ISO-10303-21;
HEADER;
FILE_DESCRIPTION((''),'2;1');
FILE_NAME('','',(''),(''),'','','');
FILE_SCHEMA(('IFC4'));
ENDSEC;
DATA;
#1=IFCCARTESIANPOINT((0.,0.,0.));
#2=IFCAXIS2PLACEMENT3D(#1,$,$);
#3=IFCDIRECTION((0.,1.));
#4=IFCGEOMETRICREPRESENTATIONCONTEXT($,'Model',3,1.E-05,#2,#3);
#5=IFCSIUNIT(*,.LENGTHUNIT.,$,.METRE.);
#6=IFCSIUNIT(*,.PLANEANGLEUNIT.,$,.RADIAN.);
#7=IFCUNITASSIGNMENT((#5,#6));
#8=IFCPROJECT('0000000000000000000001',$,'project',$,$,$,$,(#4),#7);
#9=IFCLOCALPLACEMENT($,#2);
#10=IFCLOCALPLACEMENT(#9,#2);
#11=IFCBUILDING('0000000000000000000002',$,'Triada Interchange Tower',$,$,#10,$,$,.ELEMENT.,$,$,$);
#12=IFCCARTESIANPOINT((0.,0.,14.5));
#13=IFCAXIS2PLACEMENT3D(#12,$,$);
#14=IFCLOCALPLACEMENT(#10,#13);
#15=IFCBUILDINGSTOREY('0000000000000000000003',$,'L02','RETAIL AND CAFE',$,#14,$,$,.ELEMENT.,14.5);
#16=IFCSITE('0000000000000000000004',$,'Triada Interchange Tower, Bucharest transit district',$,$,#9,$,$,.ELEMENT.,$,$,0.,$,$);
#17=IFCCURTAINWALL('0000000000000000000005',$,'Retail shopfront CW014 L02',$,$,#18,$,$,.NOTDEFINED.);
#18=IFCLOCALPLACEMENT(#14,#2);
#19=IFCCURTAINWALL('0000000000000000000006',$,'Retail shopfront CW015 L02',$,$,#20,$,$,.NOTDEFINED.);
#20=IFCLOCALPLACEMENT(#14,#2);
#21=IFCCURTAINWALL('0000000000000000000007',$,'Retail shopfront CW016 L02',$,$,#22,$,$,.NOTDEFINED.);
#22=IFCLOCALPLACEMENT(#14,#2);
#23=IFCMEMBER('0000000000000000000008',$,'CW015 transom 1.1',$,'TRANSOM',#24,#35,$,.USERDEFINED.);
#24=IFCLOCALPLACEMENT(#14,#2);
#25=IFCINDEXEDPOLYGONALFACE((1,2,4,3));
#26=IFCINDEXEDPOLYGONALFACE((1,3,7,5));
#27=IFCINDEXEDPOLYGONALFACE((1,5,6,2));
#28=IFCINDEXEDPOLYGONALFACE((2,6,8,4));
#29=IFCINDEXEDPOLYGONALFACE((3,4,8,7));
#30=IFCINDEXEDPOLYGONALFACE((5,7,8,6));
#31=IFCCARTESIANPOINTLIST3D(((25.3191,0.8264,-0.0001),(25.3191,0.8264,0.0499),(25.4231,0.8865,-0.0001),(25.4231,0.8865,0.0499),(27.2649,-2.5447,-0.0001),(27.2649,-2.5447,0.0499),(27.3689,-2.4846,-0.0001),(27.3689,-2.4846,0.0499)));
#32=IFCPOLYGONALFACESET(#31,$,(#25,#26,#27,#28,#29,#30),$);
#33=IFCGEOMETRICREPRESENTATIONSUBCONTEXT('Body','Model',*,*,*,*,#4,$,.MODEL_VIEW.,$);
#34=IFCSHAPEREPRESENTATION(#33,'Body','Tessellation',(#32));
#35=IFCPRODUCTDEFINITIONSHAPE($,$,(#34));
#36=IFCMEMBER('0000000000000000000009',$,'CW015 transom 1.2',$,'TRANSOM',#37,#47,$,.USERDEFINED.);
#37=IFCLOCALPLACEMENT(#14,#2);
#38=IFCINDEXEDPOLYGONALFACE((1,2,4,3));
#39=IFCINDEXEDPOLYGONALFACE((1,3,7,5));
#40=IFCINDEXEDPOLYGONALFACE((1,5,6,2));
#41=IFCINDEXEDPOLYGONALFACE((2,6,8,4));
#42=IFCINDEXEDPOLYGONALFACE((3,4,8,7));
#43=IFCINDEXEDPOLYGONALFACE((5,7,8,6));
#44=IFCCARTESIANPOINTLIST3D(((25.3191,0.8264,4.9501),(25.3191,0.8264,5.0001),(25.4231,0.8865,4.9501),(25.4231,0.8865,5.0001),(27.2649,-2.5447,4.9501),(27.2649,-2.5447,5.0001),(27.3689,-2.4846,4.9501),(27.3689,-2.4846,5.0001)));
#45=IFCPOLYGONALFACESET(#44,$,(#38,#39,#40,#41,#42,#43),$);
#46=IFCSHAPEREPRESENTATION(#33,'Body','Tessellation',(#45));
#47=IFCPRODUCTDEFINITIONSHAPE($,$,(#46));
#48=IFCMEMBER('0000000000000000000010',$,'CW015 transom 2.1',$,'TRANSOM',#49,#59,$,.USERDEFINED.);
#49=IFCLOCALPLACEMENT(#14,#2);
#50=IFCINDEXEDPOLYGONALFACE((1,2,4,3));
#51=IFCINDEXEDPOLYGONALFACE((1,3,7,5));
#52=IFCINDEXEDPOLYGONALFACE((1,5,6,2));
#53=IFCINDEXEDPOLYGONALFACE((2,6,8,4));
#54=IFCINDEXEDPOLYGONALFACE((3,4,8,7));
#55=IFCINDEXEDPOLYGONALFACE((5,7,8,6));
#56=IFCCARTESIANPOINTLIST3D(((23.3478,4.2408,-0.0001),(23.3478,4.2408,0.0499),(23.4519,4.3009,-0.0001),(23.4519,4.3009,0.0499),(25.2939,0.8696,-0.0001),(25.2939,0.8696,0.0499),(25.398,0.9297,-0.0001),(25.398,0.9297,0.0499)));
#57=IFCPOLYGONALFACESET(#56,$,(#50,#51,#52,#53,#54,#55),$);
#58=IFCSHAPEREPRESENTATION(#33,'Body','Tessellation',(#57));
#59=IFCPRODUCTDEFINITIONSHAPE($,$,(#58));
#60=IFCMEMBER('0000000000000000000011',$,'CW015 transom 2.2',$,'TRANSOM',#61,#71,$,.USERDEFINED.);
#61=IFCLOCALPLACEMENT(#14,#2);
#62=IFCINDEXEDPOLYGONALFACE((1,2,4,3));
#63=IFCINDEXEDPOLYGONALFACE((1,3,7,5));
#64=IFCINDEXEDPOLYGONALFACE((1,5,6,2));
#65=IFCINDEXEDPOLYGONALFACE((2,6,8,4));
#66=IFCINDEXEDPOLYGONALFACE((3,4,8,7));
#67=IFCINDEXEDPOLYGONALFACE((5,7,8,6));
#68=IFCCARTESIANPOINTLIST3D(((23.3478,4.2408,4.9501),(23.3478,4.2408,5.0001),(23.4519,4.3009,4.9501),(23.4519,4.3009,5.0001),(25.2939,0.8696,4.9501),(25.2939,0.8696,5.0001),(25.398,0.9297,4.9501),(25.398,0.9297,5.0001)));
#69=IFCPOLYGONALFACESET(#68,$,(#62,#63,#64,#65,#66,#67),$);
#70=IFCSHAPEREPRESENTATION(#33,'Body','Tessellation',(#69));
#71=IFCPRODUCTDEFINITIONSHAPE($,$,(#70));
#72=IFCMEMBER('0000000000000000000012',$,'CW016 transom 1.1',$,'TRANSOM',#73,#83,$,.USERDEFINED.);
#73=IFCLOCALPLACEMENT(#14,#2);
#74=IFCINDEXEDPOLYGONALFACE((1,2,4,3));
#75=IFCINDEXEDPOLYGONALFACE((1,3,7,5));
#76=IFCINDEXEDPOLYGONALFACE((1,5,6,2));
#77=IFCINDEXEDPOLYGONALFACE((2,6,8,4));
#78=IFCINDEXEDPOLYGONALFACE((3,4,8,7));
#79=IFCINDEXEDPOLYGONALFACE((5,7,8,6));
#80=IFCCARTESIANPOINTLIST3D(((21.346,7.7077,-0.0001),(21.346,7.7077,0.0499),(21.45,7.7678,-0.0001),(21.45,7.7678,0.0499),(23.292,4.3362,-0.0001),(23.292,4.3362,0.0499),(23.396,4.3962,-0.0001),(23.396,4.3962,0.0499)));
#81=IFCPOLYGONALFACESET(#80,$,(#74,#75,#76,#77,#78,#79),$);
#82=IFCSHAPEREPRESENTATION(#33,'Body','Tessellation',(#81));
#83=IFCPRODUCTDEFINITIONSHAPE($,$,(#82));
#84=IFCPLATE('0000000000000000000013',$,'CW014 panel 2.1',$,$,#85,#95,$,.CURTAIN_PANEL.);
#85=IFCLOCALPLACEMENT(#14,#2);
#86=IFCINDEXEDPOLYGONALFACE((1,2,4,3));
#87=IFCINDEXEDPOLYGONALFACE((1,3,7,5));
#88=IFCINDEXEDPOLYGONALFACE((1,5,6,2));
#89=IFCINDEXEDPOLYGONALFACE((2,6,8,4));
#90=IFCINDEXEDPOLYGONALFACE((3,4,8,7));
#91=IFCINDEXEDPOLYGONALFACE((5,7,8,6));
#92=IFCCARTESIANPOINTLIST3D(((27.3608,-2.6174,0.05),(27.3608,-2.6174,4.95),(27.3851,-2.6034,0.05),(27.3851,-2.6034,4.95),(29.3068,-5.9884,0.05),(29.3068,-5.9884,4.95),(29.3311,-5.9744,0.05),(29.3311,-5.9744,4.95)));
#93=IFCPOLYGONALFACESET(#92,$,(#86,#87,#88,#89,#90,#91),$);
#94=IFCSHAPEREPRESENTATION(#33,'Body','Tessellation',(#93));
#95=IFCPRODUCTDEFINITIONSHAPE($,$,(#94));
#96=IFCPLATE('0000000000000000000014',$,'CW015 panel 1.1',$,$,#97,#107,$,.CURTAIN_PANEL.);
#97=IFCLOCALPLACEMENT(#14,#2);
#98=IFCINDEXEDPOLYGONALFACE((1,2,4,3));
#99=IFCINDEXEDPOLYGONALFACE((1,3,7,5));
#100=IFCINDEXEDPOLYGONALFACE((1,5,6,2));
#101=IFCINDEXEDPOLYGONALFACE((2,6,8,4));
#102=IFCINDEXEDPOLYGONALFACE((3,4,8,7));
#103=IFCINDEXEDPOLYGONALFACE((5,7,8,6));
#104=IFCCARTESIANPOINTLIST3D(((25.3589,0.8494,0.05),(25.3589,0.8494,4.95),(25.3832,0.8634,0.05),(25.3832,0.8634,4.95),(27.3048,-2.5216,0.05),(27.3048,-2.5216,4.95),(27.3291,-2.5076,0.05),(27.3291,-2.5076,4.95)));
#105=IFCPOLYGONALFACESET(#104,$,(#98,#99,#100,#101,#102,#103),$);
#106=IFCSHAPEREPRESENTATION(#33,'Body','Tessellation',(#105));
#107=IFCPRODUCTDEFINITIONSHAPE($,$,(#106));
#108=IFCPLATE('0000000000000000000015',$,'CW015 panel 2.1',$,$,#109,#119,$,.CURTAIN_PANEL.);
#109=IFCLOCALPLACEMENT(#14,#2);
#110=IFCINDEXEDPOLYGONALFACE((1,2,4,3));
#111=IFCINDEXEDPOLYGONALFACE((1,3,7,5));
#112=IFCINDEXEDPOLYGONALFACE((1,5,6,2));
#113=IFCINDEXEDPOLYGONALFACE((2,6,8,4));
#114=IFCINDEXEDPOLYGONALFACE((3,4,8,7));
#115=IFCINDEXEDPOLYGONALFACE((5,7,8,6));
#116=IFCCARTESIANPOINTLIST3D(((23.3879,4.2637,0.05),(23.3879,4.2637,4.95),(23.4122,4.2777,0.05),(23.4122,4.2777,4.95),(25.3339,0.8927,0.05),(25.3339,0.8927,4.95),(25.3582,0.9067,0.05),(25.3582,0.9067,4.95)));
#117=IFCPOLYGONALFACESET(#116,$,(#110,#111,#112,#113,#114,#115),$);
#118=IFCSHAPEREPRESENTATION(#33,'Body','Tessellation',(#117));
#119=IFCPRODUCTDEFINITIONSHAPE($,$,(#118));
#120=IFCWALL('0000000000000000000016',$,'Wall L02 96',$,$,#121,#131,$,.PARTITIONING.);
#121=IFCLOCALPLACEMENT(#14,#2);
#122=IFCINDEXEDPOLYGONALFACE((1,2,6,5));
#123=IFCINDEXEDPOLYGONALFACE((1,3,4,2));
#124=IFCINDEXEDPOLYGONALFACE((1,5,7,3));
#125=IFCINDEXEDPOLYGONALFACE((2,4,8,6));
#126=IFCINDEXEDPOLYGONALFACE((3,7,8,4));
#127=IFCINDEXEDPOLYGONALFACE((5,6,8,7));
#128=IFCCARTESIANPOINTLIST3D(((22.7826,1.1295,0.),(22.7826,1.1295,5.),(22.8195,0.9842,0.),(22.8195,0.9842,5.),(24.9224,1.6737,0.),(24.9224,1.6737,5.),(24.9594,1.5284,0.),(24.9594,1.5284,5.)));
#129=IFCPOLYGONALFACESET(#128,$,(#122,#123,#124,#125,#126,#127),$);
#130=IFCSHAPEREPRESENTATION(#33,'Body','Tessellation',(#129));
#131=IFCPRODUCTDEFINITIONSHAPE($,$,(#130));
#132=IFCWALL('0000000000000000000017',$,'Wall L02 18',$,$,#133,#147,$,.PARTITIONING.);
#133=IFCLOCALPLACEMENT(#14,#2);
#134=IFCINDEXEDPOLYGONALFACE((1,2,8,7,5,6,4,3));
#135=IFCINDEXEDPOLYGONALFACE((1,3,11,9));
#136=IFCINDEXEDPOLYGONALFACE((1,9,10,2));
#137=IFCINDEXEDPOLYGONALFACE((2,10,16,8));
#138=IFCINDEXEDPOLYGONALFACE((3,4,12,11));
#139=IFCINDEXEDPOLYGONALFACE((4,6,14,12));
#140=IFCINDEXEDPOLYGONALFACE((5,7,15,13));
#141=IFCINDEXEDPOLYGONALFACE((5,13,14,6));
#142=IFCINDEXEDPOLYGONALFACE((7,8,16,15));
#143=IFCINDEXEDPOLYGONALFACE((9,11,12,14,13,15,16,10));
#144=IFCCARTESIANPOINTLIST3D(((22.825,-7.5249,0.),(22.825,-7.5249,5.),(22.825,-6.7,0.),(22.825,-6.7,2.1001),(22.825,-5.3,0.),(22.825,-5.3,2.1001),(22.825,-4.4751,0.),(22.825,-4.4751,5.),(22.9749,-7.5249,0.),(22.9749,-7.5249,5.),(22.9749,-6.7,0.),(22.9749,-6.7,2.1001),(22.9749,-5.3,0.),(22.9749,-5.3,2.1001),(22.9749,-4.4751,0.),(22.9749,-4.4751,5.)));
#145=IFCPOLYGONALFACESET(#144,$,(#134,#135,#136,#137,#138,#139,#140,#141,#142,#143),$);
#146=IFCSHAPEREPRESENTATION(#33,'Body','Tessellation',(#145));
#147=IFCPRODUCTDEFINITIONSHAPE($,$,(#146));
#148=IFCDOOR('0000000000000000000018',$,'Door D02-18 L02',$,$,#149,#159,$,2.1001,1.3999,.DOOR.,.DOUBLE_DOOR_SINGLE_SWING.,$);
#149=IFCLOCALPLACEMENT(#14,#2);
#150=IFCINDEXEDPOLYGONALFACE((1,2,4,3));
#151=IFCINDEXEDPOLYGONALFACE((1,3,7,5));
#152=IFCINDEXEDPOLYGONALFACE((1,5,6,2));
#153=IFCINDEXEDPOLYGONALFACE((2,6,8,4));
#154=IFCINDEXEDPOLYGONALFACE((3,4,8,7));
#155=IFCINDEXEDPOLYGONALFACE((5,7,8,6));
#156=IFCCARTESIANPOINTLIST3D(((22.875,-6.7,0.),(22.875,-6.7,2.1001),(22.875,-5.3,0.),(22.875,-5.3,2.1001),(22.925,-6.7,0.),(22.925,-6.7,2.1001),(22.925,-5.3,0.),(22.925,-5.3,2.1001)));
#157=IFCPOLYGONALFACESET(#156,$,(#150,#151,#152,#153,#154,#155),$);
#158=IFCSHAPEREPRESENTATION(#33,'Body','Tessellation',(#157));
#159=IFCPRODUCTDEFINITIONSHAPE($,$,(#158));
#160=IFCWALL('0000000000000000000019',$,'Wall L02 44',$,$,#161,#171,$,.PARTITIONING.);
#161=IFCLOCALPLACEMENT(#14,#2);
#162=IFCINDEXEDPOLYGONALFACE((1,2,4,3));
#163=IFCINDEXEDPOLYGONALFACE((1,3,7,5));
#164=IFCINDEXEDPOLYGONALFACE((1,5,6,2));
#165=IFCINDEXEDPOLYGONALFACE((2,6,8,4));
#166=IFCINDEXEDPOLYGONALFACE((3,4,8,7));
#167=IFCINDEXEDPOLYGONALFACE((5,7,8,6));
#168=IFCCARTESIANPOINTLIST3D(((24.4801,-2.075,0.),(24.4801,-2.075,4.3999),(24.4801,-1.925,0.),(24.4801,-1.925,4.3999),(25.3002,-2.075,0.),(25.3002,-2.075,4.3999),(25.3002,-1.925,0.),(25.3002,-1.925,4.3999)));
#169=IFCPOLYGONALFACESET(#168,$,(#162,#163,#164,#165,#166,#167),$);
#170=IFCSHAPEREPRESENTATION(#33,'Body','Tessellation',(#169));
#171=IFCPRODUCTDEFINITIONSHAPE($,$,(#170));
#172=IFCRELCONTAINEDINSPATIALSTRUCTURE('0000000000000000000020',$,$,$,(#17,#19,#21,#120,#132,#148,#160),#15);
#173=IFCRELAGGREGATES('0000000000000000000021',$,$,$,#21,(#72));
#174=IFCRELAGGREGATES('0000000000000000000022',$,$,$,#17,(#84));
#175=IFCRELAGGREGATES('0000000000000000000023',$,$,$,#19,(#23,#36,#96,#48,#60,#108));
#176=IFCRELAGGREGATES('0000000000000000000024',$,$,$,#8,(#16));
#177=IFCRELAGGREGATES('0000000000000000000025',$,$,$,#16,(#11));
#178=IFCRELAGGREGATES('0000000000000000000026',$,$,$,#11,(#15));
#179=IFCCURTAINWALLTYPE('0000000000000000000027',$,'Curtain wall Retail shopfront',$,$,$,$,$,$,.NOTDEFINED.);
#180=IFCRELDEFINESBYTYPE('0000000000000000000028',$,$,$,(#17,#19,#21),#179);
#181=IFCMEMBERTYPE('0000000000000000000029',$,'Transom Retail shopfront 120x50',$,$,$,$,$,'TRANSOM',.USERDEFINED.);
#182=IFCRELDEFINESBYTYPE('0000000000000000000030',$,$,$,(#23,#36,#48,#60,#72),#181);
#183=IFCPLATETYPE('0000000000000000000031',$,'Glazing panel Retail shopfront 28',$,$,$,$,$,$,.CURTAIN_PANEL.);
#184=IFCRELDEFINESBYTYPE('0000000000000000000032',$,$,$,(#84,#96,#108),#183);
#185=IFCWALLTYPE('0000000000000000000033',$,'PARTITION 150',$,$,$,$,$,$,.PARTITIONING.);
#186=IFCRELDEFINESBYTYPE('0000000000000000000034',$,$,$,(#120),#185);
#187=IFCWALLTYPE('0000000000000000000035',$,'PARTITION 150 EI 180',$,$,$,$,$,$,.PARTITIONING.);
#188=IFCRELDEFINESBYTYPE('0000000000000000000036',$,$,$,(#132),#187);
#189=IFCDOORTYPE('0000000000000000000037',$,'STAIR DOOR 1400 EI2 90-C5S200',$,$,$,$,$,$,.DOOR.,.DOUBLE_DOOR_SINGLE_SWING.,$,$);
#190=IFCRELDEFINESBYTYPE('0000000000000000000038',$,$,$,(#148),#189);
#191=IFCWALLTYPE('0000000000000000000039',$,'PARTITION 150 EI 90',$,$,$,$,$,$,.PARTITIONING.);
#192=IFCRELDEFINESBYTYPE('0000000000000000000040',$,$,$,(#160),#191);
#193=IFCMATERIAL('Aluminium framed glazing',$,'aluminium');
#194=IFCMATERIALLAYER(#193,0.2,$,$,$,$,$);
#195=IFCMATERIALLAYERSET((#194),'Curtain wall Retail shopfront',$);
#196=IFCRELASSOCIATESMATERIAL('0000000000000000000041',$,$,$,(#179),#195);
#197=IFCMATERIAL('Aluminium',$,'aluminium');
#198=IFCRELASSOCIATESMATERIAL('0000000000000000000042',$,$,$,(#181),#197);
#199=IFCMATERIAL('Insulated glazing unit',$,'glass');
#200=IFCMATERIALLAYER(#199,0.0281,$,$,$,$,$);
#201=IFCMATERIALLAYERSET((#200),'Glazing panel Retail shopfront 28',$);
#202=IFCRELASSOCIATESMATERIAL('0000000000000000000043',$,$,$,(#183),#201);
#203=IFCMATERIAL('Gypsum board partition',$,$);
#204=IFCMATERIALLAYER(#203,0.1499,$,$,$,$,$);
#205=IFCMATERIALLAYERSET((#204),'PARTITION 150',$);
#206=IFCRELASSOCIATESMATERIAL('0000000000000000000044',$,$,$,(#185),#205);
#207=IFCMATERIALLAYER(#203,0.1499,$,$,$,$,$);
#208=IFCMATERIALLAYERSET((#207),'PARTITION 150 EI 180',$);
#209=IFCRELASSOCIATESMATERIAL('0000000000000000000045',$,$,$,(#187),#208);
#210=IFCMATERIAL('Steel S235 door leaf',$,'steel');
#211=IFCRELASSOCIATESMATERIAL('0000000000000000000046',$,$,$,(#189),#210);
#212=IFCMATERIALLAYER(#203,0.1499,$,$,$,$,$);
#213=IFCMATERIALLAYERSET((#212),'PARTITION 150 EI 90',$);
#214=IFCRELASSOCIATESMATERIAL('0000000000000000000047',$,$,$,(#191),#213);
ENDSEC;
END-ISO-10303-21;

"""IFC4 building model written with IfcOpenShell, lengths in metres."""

from ifc_helpers import new_model, si_unit, direction, frame, frame_2d, origin, origin_2d, place, context, subcontext, project, spatial, rectangle, extrude, material, layer, layer_set, material_profile, profile_set, type_object, element, fill, aggregate, save


model = new_model("IFC4")

# Units and contexts
model_context = context("Model", 3, precision=1e-05, world=origin(), true_north=direction((0.0, 1.0)))
body_context = subcontext(model_context, "Body", "Model", "MODEL_VIEW")
ifc_project = project(units=[si_unit("LENGTHUNIT", "METRE"), si_unit("PLANEANGLEUNIT", "RADIAN")], contexts=[model_context])

# Site, building, storey
site_placement = place(None, origin())
site = spatial("IfcSite", under=ifc_project, at=site_placement, Name="Triada Interchange Tower, Bucharest transit district", CompositionType="ELEMENT", RefElevation=0.0)
building_placement = place(site_placement, origin())
building = spatial("IfcBuilding", under=site, at=building_placement, Name="Triada Interchange Tower", CompositionType="ELEMENT")
storey_placement = place(building_placement, frame((0.0, 0.0, 14.5)))
storey = spatial("IfcBuildingStorey", under=building, at=storey_placement, Name="L02", Description="RETAIL AND CAFE", CompositionType="ELEMENT", Elevation=14.5)

# Curtain walls
ifc_material_1 = material(Name="Aluminium framed glazing", Category="aluminium")
ifc_layer_1 = layer(ifc_material_1, 0.2)
ifc_layer_set_1 = layer_set([ifc_layer_1], Name="Curtain wall Retail shopfront")
curtain_wall_type = type_object("IfcCurtainWallType", Name="Curtain wall Retail shopfront", PredefinedType="NOTDEFINED", material=ifc_layer_set_1)
curtain_wall_1_placement = place(storey_placement, origin())
curtain_wall_1 = element("IfcCurtainWall", 1, at=curtain_wall_1_placement, inside=storey, type_object=curtain_wall_type, Name="Retail shopfront CW014 L02", PredefinedType="NOTDEFINED")
ifc_material_2 = material(Name="Aluminium", Category="aluminium")
curtain_wall_2_placement = place(storey_placement, origin())
curtain_wall_2 = element("IfcCurtainWall", 2, at=curtain_wall_2_placement, inside=storey, type_object=curtain_wall_type, Name="Retail shopfront CW015 L02", PredefinedType="NOTDEFINED")

# Curtain wall
curtain_wall_3_placement = place(storey_placement, origin())
curtain_wall_3 = element("IfcCurtainWall", 3, at=curtain_wall_3_placement, inside=storey, type_object=curtain_wall_type, Name="Retail shopfront CW016 L02", PredefinedType="NOTDEFINED")

# Members
ifc_material_profile_1 = material_profile(ifc_material_2, rectangle(XDim=0.1201, YDim=0.05, at=origin_2d()), Name="Aluminium transom")
ifc_profile_set_1 = profile_set([ifc_material_profile_1], Name="Aluminium")
member_type_1 = type_object("IfcMemberType", Name="Transom Retail shopfront 120x50", ElementType="TRANSOM", PredefinedType="USERDEFINED", material=ifc_profile_set_1)
member_1_placement = place(storey_placement, frame((27.3169, -2.5146, 0.0249), z_axis=(-0.499903, 0.866081, 0.0), x_axis=(-0.866081, -0.499903, 0.0)))
member_1 = element("IfcMember", 4, at=member_1_placement, type_object=member_type_1, Name="CW015 transom 1.1", ObjectType="TRANSOM", PredefinedType="USERDEFINED", context=body_context, shape_type="SweptSolid", body=[
    extrude(rectangle(XDim=0.1201, YDim=0.05, at=origin_2d()), origin(), (0.0, 0.0, 1.0), 3.8923),
])
member_2_placement = place(storey_placement, frame((27.3169, -2.5146, 4.9751), z_axis=(-0.499903, 0.866081, 0.0), x_axis=(-0.866081, -0.499903, 0.0)))
member_2 = element("IfcMember", 5, at=member_2_placement, type_object=member_type_1, Name="CW015 transom 1.2", ObjectType="TRANSOM", PredefinedType="USERDEFINED", context=body_context, shape_type="SweptSolid", body=[
    extrude(rectangle(XDim=0.1201, YDim=0.05, at=origin_2d()), origin(), (0.0, 0.0, 1.0), 3.8923),
])
member_3_placement = place(storey_placement, frame((25.3459, 0.8997, 0.0249), z_axis=(-0.49995, 0.866054, 0.0), x_axis=(-0.866054, -0.49995, 0.0)))
member_3 = element("IfcMember", 6, at=member_3_placement, type_object=member_type_1, Name="CW015 transom 2.1", ObjectType="TRANSOM", PredefinedType="USERDEFINED", context=body_context, shape_type="SweptSolid", body=[
    extrude(rectangle(XDim=0.1201, YDim=0.05, at=origin_2d()), origin(), (0.0, 0.0, 1.0), 3.8926),
])
member_4_placement = place(storey_placement, frame((25.3459, 0.8997, 4.9751), z_axis=(-0.49995, 0.866054, 0.0), x_axis=(-0.866054, -0.49995, 0.0)))
member_4 = element("IfcMember", 7, at=member_4_placement, type_object=member_type_1, Name="CW015 transom 2.2", ObjectType="TRANSOM", PredefinedType="USERDEFINED", context=body_context, shape_type="SweptSolid", body=[
    extrude(rectangle(XDim=0.1201, YDim=0.05, at=origin_2d()), origin(), (0.0, 0.0, 1.0), 3.8926),
])
member_5_placement = place(storey_placement, frame((23.344, 4.3662, 0.0249), z_axis=(-0.499896, 0.866085, 0.0), x_axis=(-0.866085, -0.499896, 0.0)))
member_5 = element("IfcMember", 8, at=member_5_placement, type_object=member_type_1, Name="CW016 transom 1.1", ObjectType="TRANSOM", PredefinedType="USERDEFINED", context=body_context, shape_type="SweptSolid", body=[
    extrude(rectangle(XDim=0.1201, YDim=0.05, at=origin_2d()), origin(), (0.0, 0.0, 1.0), 3.8928),
])
aggregate(curtain_wall_3, [member_5])

# Plates
ifc_material_3 = material(Name="Insulated glazing unit", Category="glass")
ifc_layer_2 = layer(ifc_material_3, 0.0281)
ifc_layer_set_2 = layer_set([ifc_layer_2], Name="Glazing panel Retail shopfront 28")
plate_type = type_object("IfcPlateType", Name="Glazing panel Retail shopfront 28", PredefinedType="CURTAIN_PANEL", material=ifc_layer_set_2)
plate_1_placement = place(storey_placement, frame((28.3459, -4.2959, 0.05), z_axis=(0.0, 0.0, 1.0), x_axis=(-0.499948, 0.866055, 0.0)))
plate_1 = element("IfcPlate", 9, at=plate_1_placement, type_object=plate_type, Name="CW014 panel 2.1", PredefinedType="CURTAIN_PANEL", context=body_context, shape_type="SweptSolid", body=[
    extrude(rectangle(XDim=3.8923, YDim=0.0281, at=origin_2d()), origin(), (0.0, 0.0, 1.0), 4.8999),
])
aggregate(curtain_wall_1, [plate_1])
plate_2_placement = place(storey_placement, frame((26.344, -0.8291, 0.05), z_axis=(0.0, 0.0, 1.0), x_axis=(-0.499948, 0.866055, 0.0)))
plate_2 = element("IfcPlate", 10, at=plate_2_placement, type_object=plate_type, Name="CW015 panel 1.1", PredefinedType="CURTAIN_PANEL", context=body_context, shape_type="SweptSolid", body=[
    extrude(rectangle(XDim=3.8923, YDim=0.0281, at=origin_2d()), origin(), (0.0, 0.0, 1.0), 4.8999),
])
plate_3_placement = place(storey_placement, frame((24.373, 2.5852, 0.05), z_axis=(0.0, 0.0, 1.0), x_axis=(-0.499948, 0.866055, 0.0)))
plate_3 = element("IfcPlate", 11, at=plate_3_placement, type_object=plate_type, Name="CW015 panel 2.1", PredefinedType="CURTAIN_PANEL", context=body_context, shape_type="SweptSolid", body=[
    extrude(rectangle(XDim=3.8923, YDim=0.0281, at=origin_2d()), origin(), (0.0, 0.0, 1.0), 4.8999),
])
aggregate(curtain_wall_2, [member_1, member_2, plate_2, member_3, member_4, plate_3])

# Wall
ifc_material_4 = material(Name="Gypsum board partition")
ifc_layer_3 = layer(ifc_material_4, 0.1499)
ifc_layer_set_3 = layer_set([ifc_layer_3], Name="PARTITION 150")
wall_type_1 = type_object("IfcWallType", Name="PARTITION 150", PredefinedType="PARTITIONING", material=ifc_layer_set_3)
wall_1_placement = place(storey_placement, frame((22.801, 1.0569, 0.0), z_axis=(0.0, 0.0, 1.0), x_axis=(0.969152, 0.246462, 0.0)))
element("IfcWall", 12, at=wall_1_placement, inside=storey, type_object=wall_type_1, Name="Wall L02 96", PredefinedType="PARTITIONING", context=body_context, shape_type="SweptSolid", body=[
    extrude(rectangle(XDim=2.208, YDim=0.1499, at=frame_2d((1.104, 0.0))), origin(), (0.0, 0.0, 1.0), 5.0),
])

# Wall, opening, door
ifc_layer_4 = layer(ifc_material_4, 0.1499)
ifc_layer_set_4 = layer_set([ifc_layer_4], Name="PARTITION 150 EI 180")
wall_type_2 = type_object("IfcWallType", Name="PARTITION 150 EI 180", PredefinedType="PARTITIONING", material=ifc_layer_set_4)
wall_2_placement = place(storey_placement, frame((22.8999, -7.5249, 0.0), z_axis=(0.0, 0.0, 1.0), x_axis=(0.0, 1.0, 0.0)))
wall_2 = element("IfcWall", 13, at=wall_2_placement, inside=storey, type_object=wall_type_2, Name="Wall L02 18", PredefinedType="PARTITIONING", context=body_context, shape_type="SweptSolid", body=[
    extrude(rectangle(XDim=3.0498, YDim=0.1499, at=frame_2d((1.5249, 0.0))), origin(), (0.0, 0.0, 1.0), 5.0),
])
opening_placement = place(wall_2_placement, frame((0.825, 0.0, 0.0)))
opening = element("IfcOpeningElement", 14, at=opening_placement, cuts=wall_2, PredefinedType="OPENING", context=body_context, shape_type="SweptSolid", body=[
    extrude(rectangle(XDim=1.3999, YDim=2.1001, at=frame_2d((0.7, 1.05))), frame((0.0, 0.085, 0.0), z_axis=(0.0, -1.0, 0.0), x_axis=(1.0, 0.0, 0.0)), (0.0, 0.0, 1.0), 0.1699),
])
ifc_material_5 = material(Name="Steel S235 door leaf", Category="steel")
door_type = type_object("IfcDoorType", Name="STAIR DOOR 1400 EI2 90-C5S200", OperationType="DOUBLE_DOOR_SINGLE_SWING", PredefinedType="DOOR", material=ifc_material_5)
door_placement = place(opening_placement, origin())
door = element("IfcDoor", 15, at=door_placement, inside=storey, type_object=door_type, Name="Door D02-18 L02", OperationType="DOUBLE_DOOR_SINGLE_SWING", OverallHeight=2.1001, OverallWidth=1.3999, PredefinedType="DOOR", context=body_context, shape_type="SweptSolid", body=[
    extrude(rectangle(XDim=1.3999, YDim=2.1001, at=frame_2d((0.7, 1.05))), frame((0.0, 0.0249, 0.0), z_axis=(0.0, -1.0, 0.0), x_axis=(1.0, 0.0, 0.0)), (0.0, 0.0, 1.0), 0.05),
])
fill(opening, door)

# Wall
ifc_layer_5 = layer(ifc_material_4, 0.1499)
ifc_layer_set_5 = layer_set([ifc_layer_5], Name="PARTITION 150 EI 90")
wall_type_3 = type_object("IfcWallType", Name="PARTITION 150 EI 90", PredefinedType="PARTITIONING", material=ifc_layer_set_5)
wall_3_placement = place(storey_placement, frame((24.48, -2.0, 0.0), z_axis=(0.0, 0.0, 1.0), x_axis=(1.0, 0.0, 0.0)))
element("IfcWall", 16, at=wall_3_placement, inside=storey, type_object=wall_type_3, Name="Wall L02 44", PredefinedType="PARTITIONING", context=body_context, shape_type="SweptSolid", body=[
    extrude(rectangle(XDim=0.8201, YDim=0.1499, at=frame_2d((0.4102, 0.0))), origin(), (0.0, 0.0, 1.0), 4.3999),
])

save(model, "model.ifc")
